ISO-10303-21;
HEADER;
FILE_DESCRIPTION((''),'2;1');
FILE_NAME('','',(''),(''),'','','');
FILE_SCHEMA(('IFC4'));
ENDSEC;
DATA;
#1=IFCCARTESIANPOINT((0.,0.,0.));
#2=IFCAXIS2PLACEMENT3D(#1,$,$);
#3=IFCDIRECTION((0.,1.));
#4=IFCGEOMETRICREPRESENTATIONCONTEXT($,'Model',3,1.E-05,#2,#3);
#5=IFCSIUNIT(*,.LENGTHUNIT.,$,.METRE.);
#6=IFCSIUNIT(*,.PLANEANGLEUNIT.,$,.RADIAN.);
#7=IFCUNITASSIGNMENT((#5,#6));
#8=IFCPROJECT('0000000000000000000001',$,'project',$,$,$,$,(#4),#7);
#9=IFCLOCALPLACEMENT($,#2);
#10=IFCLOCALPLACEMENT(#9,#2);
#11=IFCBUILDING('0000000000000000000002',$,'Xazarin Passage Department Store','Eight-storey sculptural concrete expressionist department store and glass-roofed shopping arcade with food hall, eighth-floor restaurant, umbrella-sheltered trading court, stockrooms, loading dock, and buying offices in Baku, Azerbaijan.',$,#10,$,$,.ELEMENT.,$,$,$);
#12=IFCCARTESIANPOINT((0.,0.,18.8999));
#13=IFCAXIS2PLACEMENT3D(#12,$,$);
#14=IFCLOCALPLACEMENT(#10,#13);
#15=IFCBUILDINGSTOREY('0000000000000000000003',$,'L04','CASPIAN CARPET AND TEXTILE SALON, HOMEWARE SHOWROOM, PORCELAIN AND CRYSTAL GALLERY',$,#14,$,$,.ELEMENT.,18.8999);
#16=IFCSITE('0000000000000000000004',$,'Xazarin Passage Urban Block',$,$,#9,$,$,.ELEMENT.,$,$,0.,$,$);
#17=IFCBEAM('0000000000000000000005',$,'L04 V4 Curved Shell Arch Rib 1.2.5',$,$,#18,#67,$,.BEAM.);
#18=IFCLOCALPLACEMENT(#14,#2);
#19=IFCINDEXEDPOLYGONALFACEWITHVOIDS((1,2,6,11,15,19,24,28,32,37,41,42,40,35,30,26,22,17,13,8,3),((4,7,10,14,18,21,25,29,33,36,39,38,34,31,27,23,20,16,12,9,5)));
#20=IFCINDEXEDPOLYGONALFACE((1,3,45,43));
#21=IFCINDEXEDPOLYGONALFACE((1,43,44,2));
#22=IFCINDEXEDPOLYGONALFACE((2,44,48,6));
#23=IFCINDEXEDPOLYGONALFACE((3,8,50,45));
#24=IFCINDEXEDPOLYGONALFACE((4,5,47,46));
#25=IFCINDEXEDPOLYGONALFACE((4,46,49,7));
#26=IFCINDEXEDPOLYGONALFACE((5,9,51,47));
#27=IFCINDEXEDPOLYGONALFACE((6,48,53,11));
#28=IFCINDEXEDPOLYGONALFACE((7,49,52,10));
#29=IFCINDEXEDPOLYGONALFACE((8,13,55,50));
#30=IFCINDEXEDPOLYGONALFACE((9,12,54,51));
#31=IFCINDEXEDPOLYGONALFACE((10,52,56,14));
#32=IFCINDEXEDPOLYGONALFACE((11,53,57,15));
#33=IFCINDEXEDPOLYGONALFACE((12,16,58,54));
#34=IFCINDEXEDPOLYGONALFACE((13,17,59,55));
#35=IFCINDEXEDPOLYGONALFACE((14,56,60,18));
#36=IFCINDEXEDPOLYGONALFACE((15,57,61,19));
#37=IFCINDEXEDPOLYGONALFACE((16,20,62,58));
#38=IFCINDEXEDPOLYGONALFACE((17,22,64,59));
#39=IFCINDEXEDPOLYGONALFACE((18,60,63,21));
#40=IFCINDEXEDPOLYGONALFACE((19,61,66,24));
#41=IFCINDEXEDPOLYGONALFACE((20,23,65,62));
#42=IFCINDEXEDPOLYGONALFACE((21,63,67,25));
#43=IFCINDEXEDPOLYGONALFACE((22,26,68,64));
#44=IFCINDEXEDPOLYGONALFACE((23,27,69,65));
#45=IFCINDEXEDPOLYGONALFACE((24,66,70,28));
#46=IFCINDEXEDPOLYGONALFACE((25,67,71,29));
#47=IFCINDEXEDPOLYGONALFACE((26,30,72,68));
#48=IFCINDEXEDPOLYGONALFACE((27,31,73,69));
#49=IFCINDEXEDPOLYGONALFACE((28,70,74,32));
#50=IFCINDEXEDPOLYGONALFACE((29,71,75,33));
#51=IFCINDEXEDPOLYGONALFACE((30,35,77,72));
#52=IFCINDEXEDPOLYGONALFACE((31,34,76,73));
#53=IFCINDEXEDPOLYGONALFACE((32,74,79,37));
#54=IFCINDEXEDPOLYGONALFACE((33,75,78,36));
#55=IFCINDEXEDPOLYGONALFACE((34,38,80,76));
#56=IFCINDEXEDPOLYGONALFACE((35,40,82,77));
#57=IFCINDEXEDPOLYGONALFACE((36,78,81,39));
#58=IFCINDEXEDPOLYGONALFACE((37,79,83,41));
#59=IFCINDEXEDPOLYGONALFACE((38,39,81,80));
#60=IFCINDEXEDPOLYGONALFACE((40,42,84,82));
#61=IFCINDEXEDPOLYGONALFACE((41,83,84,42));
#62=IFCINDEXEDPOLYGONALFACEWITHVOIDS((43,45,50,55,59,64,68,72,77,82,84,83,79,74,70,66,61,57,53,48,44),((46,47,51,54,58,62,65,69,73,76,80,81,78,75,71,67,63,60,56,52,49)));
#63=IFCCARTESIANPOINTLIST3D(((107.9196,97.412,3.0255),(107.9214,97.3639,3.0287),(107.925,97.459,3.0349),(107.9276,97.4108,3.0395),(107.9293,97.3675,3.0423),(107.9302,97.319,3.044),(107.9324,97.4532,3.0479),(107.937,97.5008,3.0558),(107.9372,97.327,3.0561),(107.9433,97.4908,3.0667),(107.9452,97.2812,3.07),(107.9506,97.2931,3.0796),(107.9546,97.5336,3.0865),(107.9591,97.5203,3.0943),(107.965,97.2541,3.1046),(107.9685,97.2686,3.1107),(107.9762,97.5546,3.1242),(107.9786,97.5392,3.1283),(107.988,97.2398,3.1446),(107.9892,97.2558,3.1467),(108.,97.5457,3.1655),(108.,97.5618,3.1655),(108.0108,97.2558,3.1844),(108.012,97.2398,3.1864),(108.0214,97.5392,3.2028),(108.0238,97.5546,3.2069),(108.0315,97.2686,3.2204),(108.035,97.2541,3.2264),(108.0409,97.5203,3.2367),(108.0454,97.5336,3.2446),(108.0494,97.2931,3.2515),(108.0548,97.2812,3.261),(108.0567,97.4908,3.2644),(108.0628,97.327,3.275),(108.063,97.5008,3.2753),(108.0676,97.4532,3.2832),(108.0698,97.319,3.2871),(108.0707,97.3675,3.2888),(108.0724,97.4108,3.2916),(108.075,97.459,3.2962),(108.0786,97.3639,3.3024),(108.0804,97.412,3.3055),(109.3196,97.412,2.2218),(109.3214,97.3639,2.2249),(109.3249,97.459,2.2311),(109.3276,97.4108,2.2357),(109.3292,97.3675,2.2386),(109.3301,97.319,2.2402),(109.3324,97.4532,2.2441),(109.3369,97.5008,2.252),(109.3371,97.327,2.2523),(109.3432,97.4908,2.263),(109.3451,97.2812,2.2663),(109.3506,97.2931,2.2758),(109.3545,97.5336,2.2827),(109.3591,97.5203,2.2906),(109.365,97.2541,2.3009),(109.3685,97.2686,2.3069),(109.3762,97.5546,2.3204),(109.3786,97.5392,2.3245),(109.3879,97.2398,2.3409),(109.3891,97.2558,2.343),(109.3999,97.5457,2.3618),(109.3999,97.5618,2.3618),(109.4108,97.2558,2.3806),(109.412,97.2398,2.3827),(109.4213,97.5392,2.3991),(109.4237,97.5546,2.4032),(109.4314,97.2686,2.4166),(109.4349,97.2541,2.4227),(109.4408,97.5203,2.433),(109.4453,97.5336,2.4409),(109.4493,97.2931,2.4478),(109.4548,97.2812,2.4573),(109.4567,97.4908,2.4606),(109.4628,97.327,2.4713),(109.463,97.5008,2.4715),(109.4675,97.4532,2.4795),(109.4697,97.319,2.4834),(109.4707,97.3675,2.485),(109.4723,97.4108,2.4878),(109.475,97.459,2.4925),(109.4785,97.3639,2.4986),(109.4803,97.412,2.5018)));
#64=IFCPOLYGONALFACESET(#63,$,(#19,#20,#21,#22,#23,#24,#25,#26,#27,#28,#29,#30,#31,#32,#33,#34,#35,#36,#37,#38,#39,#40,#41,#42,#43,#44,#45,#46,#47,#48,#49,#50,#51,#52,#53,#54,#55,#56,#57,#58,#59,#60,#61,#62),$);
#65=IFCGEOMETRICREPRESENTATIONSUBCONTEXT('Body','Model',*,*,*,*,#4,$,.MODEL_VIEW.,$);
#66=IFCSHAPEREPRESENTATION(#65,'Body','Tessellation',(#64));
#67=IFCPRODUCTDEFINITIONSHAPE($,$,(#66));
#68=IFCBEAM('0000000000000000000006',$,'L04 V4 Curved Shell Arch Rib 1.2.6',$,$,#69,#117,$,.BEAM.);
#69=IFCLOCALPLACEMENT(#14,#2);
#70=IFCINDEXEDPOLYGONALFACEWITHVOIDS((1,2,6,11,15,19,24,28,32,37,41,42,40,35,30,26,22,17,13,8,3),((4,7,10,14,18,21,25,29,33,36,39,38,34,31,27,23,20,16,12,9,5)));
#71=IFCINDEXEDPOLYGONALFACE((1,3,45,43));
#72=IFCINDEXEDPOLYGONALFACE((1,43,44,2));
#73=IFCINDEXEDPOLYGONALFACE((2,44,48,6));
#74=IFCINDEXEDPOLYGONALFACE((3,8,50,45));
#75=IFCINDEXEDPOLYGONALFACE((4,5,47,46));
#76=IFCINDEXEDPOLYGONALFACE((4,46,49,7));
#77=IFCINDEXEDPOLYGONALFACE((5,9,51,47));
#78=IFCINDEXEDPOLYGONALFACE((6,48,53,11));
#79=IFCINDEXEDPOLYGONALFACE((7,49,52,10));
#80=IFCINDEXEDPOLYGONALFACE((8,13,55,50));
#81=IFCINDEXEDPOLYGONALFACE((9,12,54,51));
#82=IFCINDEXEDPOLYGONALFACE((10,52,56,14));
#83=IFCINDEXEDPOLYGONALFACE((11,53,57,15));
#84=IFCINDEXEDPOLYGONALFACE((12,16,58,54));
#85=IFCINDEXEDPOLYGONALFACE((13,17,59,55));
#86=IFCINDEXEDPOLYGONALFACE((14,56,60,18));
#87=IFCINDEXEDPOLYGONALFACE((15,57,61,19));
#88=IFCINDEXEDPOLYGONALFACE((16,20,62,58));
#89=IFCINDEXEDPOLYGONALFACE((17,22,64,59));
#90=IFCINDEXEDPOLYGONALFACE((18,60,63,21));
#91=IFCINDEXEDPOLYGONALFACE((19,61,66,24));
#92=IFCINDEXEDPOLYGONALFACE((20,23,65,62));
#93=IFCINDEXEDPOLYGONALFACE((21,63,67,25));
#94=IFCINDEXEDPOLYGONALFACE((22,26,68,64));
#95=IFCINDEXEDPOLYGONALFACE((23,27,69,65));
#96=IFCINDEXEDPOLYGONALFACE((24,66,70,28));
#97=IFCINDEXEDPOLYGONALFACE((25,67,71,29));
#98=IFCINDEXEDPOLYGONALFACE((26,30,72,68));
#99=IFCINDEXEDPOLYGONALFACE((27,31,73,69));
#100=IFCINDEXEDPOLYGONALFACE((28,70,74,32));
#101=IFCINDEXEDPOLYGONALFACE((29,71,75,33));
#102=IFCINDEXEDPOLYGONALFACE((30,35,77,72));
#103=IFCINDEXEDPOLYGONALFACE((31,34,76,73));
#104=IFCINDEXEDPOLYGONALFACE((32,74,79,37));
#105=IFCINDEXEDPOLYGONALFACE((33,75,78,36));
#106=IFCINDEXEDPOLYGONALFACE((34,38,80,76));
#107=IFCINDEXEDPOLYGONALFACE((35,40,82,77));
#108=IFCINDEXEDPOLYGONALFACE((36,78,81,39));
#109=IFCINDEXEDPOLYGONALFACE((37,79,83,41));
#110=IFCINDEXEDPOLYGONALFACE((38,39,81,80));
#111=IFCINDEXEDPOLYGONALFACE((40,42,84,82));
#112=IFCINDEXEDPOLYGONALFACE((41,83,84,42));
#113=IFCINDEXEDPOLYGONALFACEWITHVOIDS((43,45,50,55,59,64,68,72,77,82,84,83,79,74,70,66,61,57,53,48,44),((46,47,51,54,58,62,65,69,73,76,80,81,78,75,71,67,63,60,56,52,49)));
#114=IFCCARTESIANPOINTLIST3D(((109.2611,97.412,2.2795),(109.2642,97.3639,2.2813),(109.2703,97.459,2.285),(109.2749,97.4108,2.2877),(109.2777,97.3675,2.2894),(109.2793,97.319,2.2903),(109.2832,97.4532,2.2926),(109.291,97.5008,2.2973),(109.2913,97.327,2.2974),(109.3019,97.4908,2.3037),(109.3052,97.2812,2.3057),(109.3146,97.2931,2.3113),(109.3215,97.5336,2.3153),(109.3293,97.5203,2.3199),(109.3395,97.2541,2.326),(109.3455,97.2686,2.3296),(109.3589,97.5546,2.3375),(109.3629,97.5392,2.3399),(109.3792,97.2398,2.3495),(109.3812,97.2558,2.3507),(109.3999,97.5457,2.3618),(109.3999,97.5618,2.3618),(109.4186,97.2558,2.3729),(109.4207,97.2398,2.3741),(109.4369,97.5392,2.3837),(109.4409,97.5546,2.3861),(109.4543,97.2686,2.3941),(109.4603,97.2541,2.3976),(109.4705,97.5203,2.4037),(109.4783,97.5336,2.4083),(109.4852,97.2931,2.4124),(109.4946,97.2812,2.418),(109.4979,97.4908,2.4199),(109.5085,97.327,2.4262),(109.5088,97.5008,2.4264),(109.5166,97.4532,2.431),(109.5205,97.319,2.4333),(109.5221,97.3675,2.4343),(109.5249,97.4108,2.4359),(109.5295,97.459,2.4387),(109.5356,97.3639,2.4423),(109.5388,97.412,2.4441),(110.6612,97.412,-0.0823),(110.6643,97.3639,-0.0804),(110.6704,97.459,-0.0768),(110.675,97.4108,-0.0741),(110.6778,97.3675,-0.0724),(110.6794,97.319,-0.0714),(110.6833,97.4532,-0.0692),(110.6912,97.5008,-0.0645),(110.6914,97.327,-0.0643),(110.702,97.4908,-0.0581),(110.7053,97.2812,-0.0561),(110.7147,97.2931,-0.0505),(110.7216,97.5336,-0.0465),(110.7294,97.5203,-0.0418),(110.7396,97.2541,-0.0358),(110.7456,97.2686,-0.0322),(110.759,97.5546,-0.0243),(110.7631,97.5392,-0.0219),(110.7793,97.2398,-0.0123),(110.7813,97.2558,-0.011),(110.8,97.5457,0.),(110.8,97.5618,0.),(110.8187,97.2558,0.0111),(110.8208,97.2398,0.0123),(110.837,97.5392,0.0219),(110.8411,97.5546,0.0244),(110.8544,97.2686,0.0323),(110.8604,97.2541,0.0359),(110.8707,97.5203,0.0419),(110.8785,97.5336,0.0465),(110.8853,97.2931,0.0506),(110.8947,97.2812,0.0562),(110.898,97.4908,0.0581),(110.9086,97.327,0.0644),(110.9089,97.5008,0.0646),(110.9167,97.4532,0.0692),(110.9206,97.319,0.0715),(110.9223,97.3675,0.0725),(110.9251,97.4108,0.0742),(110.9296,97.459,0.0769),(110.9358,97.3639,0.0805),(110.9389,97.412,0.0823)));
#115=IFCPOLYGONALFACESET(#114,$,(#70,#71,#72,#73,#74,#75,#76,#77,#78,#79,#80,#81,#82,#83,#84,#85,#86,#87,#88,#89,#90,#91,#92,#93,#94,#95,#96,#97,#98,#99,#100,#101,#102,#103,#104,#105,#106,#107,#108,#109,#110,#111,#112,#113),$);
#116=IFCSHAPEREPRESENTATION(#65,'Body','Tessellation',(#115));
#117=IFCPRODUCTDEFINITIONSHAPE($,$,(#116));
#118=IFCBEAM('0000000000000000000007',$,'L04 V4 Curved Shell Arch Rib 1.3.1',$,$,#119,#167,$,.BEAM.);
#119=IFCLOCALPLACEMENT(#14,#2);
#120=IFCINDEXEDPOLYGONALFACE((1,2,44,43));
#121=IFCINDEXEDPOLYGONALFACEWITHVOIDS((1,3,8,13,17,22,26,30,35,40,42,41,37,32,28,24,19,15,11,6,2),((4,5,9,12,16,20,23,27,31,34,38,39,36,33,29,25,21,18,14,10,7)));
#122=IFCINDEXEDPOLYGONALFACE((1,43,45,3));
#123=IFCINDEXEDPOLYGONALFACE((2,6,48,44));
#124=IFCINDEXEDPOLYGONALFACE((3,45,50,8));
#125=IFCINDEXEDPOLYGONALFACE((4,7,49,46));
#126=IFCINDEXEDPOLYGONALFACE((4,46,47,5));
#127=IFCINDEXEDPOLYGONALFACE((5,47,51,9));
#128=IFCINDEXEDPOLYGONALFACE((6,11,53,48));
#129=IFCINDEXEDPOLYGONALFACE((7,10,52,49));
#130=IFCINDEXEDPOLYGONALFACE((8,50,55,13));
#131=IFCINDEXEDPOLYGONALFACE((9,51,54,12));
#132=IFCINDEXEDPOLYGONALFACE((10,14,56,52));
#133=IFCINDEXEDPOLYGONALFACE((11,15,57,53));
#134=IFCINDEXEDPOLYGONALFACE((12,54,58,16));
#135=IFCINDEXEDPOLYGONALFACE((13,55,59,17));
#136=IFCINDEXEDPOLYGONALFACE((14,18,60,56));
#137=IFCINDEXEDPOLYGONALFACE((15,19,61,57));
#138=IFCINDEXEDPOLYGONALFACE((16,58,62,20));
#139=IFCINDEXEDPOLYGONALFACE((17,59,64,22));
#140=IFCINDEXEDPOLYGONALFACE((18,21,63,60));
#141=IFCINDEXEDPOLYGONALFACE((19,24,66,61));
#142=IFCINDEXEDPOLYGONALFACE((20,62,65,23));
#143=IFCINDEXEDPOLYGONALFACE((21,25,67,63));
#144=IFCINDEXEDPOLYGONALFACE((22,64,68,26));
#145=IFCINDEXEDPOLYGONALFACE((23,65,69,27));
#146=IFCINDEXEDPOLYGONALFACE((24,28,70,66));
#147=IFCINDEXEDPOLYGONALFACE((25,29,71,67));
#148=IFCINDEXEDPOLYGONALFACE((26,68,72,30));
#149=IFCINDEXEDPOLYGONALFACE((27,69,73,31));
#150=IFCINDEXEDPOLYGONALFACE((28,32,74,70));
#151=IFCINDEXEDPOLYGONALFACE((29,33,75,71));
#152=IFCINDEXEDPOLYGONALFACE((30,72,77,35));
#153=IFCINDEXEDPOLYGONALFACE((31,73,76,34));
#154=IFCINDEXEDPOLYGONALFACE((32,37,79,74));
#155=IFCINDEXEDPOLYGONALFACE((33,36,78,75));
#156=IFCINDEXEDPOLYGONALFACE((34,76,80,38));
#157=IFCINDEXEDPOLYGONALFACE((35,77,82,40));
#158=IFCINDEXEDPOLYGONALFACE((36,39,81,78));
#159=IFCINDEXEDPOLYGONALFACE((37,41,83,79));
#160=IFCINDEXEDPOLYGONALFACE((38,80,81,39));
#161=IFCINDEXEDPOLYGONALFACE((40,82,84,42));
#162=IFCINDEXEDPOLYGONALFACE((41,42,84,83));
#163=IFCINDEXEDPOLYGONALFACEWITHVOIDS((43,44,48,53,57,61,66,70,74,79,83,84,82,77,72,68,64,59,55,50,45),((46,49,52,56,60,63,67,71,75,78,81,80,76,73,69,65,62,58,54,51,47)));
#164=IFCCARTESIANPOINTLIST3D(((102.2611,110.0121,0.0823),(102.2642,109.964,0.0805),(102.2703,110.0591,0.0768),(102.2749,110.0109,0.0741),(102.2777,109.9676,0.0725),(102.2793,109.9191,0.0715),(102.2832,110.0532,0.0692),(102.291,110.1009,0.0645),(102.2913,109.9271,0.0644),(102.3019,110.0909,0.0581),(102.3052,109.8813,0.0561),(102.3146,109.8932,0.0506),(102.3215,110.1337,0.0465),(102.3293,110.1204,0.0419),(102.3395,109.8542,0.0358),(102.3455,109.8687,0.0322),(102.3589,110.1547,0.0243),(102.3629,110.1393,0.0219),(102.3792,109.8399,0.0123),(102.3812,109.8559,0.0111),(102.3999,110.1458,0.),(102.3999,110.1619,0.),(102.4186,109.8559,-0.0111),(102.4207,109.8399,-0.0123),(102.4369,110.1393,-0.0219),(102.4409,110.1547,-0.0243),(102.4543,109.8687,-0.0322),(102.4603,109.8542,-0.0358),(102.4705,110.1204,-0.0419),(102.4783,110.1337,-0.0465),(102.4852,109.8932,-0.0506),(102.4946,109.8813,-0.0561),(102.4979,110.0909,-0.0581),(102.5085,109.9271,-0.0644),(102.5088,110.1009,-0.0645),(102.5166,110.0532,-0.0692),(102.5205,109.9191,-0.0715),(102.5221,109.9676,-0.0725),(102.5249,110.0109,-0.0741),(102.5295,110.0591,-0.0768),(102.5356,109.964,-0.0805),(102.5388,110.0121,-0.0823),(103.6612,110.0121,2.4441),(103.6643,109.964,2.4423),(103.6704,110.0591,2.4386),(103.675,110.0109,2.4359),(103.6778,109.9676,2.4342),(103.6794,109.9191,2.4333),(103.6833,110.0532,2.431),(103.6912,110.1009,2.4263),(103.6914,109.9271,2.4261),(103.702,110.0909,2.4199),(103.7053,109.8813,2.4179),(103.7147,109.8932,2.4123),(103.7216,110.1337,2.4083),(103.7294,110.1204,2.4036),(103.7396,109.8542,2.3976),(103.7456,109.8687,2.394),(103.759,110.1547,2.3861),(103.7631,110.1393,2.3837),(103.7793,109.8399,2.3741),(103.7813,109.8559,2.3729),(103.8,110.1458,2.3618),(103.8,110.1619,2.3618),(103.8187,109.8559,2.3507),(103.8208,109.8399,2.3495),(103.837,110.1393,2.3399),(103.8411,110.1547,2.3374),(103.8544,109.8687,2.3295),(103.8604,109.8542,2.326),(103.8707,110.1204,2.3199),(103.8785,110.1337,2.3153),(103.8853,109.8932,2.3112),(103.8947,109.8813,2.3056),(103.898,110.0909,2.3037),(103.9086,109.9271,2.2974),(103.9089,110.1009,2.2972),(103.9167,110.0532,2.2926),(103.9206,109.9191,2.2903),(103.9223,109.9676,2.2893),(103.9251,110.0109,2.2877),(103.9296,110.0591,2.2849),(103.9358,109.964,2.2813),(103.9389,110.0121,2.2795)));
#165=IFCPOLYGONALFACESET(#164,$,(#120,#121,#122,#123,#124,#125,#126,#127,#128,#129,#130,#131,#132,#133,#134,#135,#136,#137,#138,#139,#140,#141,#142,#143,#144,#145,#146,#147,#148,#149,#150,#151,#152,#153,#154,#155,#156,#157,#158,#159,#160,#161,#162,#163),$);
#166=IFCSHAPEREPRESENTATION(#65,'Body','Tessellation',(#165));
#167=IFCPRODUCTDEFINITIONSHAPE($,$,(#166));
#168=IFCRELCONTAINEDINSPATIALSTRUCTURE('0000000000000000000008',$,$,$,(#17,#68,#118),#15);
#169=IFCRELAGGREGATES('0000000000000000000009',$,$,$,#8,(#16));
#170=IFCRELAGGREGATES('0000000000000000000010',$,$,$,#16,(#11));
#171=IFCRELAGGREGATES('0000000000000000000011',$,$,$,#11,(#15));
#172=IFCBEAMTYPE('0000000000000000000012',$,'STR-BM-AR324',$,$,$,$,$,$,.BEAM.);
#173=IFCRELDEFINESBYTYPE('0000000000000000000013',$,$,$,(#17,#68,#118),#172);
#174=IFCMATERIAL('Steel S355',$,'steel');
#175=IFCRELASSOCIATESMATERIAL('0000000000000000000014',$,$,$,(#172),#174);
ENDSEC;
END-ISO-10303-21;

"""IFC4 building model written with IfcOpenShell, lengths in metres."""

from ifc_helpers import new_model, si_unit, direction, frame, origin, origin_2d, place, context, subcontext, project, spatial, hollow_circle, extrude, material, material_profile, profile_set, type_object, element, save


model = new_model("IFC4")

# Units and contexts
model_context = context("Model", 3, precision=1e-05, world=origin(), true_north=direction((0.0, 1.0)))
body_context = subcontext(model_context, "Body", "Model", "MODEL_VIEW")
ifc_project = project(units=[si_unit("LENGTHUNIT", "METRE"), si_unit("PLANEANGLEUNIT", "RADIAN")], contexts=[model_context])

# Site, building, storey
site_placement = place(None, origin())
site = spatial("IfcSite", under=ifc_project, at=site_placement, Name="Xazarin Passage Urban Block", CompositionType="ELEMENT", RefElevation=0.0)
building_placement = place(site_placement, origin())
building = spatial("IfcBuilding", under=site, at=building_placement, Name="Xazarin Passage Department Store", Description="Eight-storey sculptural concrete expressionist department store and glass-roofed shopping arcade with food hall, eighth-floor restaurant, umbrella-sheltered trading court, stockrooms, loading dock, and buying offices in Baku, Azerbaijan.", CompositionType="ELEMENT")
storey_placement = place(building_placement, frame((0.0, 0.0, 18.8999)))
storey = spatial("IfcBuildingStorey", under=building, at=storey_placement, Name="L04", Description="CASPIAN CARPET AND TEXTILE SALON, HOMEWARE SHOWROOM, PORCELAIN AND CRYSTAL GALLERY", CompositionType="ELEMENT", Elevation=18.8999)

# Beams
ifc_material_1 = material(Name="Steel S355", Category="steel")
ifc_material_profile_1 = material_profile(ifc_material_1, hollow_circle(Radius=0.1619, WallThickness=0.0161, at=origin_2d()), Name="CHS 323.9x16")
ifc_profile_set_1 = profile_set([ifc_material_profile_1], Name="Steel S355")
beam_type_1 = type_object("IfcBeamType", Name="STR-BM-AR324", PredefinedType="BEAM", material=ifc_profile_set_1)
beam_1_placement = place(storey_placement, frame((108.0, 97.3999, 3.1655), z_axis=(0.867236, 0.0, -0.497897), x_axis=(0.0, 1.0, 0.0)))
element("IfcBeam", 1, at=beam_1_placement, inside=storey, type_object=beam_type_1, Name="L04 V4 Curved Shell Arch Rib 1.2.5", PredefinedType="BEAM", context=body_context, shape_type="SweptSolid", body=[
    extrude(hollow_circle(Radius=0.1619, WallThickness=0.0161, at=origin_2d()), origin(), (0.0, 0.0, 1.0), 1.6143),
])
for number, where, z_axis, x_axis, name in (
    (2, (109.3999, 97.3999, 2.3618), (0.509951, 0.0, -0.860203), (0.0, 1.0, 0.0), "L04 V4 Curved Shell Arch Rib 1.2.6"),
    (3, (102.3999, 110.0, 0.0), (0.509951, 0.0, 0.860203), (0.0, 1.0, 0.0), "L04 V4 Curved Shell Arch Rib 1.3.1"),
):
    element("IfcBeam", number, at=place(storey_placement, frame(where, z_axis=z_axis, x_axis=x_axis)), inside=storey, type_object=beam_type_1, Name=name, PredefinedType="BEAM", context=body_context, shape_type="SweptSolid", body=[
        extrude(hollow_circle(Radius=0.1619, WallThickness=0.0161, at=origin_2d()), origin(), (0.0, 0.0, 1.0), 2.7456),
    ])

save(model, "model.ifc")
